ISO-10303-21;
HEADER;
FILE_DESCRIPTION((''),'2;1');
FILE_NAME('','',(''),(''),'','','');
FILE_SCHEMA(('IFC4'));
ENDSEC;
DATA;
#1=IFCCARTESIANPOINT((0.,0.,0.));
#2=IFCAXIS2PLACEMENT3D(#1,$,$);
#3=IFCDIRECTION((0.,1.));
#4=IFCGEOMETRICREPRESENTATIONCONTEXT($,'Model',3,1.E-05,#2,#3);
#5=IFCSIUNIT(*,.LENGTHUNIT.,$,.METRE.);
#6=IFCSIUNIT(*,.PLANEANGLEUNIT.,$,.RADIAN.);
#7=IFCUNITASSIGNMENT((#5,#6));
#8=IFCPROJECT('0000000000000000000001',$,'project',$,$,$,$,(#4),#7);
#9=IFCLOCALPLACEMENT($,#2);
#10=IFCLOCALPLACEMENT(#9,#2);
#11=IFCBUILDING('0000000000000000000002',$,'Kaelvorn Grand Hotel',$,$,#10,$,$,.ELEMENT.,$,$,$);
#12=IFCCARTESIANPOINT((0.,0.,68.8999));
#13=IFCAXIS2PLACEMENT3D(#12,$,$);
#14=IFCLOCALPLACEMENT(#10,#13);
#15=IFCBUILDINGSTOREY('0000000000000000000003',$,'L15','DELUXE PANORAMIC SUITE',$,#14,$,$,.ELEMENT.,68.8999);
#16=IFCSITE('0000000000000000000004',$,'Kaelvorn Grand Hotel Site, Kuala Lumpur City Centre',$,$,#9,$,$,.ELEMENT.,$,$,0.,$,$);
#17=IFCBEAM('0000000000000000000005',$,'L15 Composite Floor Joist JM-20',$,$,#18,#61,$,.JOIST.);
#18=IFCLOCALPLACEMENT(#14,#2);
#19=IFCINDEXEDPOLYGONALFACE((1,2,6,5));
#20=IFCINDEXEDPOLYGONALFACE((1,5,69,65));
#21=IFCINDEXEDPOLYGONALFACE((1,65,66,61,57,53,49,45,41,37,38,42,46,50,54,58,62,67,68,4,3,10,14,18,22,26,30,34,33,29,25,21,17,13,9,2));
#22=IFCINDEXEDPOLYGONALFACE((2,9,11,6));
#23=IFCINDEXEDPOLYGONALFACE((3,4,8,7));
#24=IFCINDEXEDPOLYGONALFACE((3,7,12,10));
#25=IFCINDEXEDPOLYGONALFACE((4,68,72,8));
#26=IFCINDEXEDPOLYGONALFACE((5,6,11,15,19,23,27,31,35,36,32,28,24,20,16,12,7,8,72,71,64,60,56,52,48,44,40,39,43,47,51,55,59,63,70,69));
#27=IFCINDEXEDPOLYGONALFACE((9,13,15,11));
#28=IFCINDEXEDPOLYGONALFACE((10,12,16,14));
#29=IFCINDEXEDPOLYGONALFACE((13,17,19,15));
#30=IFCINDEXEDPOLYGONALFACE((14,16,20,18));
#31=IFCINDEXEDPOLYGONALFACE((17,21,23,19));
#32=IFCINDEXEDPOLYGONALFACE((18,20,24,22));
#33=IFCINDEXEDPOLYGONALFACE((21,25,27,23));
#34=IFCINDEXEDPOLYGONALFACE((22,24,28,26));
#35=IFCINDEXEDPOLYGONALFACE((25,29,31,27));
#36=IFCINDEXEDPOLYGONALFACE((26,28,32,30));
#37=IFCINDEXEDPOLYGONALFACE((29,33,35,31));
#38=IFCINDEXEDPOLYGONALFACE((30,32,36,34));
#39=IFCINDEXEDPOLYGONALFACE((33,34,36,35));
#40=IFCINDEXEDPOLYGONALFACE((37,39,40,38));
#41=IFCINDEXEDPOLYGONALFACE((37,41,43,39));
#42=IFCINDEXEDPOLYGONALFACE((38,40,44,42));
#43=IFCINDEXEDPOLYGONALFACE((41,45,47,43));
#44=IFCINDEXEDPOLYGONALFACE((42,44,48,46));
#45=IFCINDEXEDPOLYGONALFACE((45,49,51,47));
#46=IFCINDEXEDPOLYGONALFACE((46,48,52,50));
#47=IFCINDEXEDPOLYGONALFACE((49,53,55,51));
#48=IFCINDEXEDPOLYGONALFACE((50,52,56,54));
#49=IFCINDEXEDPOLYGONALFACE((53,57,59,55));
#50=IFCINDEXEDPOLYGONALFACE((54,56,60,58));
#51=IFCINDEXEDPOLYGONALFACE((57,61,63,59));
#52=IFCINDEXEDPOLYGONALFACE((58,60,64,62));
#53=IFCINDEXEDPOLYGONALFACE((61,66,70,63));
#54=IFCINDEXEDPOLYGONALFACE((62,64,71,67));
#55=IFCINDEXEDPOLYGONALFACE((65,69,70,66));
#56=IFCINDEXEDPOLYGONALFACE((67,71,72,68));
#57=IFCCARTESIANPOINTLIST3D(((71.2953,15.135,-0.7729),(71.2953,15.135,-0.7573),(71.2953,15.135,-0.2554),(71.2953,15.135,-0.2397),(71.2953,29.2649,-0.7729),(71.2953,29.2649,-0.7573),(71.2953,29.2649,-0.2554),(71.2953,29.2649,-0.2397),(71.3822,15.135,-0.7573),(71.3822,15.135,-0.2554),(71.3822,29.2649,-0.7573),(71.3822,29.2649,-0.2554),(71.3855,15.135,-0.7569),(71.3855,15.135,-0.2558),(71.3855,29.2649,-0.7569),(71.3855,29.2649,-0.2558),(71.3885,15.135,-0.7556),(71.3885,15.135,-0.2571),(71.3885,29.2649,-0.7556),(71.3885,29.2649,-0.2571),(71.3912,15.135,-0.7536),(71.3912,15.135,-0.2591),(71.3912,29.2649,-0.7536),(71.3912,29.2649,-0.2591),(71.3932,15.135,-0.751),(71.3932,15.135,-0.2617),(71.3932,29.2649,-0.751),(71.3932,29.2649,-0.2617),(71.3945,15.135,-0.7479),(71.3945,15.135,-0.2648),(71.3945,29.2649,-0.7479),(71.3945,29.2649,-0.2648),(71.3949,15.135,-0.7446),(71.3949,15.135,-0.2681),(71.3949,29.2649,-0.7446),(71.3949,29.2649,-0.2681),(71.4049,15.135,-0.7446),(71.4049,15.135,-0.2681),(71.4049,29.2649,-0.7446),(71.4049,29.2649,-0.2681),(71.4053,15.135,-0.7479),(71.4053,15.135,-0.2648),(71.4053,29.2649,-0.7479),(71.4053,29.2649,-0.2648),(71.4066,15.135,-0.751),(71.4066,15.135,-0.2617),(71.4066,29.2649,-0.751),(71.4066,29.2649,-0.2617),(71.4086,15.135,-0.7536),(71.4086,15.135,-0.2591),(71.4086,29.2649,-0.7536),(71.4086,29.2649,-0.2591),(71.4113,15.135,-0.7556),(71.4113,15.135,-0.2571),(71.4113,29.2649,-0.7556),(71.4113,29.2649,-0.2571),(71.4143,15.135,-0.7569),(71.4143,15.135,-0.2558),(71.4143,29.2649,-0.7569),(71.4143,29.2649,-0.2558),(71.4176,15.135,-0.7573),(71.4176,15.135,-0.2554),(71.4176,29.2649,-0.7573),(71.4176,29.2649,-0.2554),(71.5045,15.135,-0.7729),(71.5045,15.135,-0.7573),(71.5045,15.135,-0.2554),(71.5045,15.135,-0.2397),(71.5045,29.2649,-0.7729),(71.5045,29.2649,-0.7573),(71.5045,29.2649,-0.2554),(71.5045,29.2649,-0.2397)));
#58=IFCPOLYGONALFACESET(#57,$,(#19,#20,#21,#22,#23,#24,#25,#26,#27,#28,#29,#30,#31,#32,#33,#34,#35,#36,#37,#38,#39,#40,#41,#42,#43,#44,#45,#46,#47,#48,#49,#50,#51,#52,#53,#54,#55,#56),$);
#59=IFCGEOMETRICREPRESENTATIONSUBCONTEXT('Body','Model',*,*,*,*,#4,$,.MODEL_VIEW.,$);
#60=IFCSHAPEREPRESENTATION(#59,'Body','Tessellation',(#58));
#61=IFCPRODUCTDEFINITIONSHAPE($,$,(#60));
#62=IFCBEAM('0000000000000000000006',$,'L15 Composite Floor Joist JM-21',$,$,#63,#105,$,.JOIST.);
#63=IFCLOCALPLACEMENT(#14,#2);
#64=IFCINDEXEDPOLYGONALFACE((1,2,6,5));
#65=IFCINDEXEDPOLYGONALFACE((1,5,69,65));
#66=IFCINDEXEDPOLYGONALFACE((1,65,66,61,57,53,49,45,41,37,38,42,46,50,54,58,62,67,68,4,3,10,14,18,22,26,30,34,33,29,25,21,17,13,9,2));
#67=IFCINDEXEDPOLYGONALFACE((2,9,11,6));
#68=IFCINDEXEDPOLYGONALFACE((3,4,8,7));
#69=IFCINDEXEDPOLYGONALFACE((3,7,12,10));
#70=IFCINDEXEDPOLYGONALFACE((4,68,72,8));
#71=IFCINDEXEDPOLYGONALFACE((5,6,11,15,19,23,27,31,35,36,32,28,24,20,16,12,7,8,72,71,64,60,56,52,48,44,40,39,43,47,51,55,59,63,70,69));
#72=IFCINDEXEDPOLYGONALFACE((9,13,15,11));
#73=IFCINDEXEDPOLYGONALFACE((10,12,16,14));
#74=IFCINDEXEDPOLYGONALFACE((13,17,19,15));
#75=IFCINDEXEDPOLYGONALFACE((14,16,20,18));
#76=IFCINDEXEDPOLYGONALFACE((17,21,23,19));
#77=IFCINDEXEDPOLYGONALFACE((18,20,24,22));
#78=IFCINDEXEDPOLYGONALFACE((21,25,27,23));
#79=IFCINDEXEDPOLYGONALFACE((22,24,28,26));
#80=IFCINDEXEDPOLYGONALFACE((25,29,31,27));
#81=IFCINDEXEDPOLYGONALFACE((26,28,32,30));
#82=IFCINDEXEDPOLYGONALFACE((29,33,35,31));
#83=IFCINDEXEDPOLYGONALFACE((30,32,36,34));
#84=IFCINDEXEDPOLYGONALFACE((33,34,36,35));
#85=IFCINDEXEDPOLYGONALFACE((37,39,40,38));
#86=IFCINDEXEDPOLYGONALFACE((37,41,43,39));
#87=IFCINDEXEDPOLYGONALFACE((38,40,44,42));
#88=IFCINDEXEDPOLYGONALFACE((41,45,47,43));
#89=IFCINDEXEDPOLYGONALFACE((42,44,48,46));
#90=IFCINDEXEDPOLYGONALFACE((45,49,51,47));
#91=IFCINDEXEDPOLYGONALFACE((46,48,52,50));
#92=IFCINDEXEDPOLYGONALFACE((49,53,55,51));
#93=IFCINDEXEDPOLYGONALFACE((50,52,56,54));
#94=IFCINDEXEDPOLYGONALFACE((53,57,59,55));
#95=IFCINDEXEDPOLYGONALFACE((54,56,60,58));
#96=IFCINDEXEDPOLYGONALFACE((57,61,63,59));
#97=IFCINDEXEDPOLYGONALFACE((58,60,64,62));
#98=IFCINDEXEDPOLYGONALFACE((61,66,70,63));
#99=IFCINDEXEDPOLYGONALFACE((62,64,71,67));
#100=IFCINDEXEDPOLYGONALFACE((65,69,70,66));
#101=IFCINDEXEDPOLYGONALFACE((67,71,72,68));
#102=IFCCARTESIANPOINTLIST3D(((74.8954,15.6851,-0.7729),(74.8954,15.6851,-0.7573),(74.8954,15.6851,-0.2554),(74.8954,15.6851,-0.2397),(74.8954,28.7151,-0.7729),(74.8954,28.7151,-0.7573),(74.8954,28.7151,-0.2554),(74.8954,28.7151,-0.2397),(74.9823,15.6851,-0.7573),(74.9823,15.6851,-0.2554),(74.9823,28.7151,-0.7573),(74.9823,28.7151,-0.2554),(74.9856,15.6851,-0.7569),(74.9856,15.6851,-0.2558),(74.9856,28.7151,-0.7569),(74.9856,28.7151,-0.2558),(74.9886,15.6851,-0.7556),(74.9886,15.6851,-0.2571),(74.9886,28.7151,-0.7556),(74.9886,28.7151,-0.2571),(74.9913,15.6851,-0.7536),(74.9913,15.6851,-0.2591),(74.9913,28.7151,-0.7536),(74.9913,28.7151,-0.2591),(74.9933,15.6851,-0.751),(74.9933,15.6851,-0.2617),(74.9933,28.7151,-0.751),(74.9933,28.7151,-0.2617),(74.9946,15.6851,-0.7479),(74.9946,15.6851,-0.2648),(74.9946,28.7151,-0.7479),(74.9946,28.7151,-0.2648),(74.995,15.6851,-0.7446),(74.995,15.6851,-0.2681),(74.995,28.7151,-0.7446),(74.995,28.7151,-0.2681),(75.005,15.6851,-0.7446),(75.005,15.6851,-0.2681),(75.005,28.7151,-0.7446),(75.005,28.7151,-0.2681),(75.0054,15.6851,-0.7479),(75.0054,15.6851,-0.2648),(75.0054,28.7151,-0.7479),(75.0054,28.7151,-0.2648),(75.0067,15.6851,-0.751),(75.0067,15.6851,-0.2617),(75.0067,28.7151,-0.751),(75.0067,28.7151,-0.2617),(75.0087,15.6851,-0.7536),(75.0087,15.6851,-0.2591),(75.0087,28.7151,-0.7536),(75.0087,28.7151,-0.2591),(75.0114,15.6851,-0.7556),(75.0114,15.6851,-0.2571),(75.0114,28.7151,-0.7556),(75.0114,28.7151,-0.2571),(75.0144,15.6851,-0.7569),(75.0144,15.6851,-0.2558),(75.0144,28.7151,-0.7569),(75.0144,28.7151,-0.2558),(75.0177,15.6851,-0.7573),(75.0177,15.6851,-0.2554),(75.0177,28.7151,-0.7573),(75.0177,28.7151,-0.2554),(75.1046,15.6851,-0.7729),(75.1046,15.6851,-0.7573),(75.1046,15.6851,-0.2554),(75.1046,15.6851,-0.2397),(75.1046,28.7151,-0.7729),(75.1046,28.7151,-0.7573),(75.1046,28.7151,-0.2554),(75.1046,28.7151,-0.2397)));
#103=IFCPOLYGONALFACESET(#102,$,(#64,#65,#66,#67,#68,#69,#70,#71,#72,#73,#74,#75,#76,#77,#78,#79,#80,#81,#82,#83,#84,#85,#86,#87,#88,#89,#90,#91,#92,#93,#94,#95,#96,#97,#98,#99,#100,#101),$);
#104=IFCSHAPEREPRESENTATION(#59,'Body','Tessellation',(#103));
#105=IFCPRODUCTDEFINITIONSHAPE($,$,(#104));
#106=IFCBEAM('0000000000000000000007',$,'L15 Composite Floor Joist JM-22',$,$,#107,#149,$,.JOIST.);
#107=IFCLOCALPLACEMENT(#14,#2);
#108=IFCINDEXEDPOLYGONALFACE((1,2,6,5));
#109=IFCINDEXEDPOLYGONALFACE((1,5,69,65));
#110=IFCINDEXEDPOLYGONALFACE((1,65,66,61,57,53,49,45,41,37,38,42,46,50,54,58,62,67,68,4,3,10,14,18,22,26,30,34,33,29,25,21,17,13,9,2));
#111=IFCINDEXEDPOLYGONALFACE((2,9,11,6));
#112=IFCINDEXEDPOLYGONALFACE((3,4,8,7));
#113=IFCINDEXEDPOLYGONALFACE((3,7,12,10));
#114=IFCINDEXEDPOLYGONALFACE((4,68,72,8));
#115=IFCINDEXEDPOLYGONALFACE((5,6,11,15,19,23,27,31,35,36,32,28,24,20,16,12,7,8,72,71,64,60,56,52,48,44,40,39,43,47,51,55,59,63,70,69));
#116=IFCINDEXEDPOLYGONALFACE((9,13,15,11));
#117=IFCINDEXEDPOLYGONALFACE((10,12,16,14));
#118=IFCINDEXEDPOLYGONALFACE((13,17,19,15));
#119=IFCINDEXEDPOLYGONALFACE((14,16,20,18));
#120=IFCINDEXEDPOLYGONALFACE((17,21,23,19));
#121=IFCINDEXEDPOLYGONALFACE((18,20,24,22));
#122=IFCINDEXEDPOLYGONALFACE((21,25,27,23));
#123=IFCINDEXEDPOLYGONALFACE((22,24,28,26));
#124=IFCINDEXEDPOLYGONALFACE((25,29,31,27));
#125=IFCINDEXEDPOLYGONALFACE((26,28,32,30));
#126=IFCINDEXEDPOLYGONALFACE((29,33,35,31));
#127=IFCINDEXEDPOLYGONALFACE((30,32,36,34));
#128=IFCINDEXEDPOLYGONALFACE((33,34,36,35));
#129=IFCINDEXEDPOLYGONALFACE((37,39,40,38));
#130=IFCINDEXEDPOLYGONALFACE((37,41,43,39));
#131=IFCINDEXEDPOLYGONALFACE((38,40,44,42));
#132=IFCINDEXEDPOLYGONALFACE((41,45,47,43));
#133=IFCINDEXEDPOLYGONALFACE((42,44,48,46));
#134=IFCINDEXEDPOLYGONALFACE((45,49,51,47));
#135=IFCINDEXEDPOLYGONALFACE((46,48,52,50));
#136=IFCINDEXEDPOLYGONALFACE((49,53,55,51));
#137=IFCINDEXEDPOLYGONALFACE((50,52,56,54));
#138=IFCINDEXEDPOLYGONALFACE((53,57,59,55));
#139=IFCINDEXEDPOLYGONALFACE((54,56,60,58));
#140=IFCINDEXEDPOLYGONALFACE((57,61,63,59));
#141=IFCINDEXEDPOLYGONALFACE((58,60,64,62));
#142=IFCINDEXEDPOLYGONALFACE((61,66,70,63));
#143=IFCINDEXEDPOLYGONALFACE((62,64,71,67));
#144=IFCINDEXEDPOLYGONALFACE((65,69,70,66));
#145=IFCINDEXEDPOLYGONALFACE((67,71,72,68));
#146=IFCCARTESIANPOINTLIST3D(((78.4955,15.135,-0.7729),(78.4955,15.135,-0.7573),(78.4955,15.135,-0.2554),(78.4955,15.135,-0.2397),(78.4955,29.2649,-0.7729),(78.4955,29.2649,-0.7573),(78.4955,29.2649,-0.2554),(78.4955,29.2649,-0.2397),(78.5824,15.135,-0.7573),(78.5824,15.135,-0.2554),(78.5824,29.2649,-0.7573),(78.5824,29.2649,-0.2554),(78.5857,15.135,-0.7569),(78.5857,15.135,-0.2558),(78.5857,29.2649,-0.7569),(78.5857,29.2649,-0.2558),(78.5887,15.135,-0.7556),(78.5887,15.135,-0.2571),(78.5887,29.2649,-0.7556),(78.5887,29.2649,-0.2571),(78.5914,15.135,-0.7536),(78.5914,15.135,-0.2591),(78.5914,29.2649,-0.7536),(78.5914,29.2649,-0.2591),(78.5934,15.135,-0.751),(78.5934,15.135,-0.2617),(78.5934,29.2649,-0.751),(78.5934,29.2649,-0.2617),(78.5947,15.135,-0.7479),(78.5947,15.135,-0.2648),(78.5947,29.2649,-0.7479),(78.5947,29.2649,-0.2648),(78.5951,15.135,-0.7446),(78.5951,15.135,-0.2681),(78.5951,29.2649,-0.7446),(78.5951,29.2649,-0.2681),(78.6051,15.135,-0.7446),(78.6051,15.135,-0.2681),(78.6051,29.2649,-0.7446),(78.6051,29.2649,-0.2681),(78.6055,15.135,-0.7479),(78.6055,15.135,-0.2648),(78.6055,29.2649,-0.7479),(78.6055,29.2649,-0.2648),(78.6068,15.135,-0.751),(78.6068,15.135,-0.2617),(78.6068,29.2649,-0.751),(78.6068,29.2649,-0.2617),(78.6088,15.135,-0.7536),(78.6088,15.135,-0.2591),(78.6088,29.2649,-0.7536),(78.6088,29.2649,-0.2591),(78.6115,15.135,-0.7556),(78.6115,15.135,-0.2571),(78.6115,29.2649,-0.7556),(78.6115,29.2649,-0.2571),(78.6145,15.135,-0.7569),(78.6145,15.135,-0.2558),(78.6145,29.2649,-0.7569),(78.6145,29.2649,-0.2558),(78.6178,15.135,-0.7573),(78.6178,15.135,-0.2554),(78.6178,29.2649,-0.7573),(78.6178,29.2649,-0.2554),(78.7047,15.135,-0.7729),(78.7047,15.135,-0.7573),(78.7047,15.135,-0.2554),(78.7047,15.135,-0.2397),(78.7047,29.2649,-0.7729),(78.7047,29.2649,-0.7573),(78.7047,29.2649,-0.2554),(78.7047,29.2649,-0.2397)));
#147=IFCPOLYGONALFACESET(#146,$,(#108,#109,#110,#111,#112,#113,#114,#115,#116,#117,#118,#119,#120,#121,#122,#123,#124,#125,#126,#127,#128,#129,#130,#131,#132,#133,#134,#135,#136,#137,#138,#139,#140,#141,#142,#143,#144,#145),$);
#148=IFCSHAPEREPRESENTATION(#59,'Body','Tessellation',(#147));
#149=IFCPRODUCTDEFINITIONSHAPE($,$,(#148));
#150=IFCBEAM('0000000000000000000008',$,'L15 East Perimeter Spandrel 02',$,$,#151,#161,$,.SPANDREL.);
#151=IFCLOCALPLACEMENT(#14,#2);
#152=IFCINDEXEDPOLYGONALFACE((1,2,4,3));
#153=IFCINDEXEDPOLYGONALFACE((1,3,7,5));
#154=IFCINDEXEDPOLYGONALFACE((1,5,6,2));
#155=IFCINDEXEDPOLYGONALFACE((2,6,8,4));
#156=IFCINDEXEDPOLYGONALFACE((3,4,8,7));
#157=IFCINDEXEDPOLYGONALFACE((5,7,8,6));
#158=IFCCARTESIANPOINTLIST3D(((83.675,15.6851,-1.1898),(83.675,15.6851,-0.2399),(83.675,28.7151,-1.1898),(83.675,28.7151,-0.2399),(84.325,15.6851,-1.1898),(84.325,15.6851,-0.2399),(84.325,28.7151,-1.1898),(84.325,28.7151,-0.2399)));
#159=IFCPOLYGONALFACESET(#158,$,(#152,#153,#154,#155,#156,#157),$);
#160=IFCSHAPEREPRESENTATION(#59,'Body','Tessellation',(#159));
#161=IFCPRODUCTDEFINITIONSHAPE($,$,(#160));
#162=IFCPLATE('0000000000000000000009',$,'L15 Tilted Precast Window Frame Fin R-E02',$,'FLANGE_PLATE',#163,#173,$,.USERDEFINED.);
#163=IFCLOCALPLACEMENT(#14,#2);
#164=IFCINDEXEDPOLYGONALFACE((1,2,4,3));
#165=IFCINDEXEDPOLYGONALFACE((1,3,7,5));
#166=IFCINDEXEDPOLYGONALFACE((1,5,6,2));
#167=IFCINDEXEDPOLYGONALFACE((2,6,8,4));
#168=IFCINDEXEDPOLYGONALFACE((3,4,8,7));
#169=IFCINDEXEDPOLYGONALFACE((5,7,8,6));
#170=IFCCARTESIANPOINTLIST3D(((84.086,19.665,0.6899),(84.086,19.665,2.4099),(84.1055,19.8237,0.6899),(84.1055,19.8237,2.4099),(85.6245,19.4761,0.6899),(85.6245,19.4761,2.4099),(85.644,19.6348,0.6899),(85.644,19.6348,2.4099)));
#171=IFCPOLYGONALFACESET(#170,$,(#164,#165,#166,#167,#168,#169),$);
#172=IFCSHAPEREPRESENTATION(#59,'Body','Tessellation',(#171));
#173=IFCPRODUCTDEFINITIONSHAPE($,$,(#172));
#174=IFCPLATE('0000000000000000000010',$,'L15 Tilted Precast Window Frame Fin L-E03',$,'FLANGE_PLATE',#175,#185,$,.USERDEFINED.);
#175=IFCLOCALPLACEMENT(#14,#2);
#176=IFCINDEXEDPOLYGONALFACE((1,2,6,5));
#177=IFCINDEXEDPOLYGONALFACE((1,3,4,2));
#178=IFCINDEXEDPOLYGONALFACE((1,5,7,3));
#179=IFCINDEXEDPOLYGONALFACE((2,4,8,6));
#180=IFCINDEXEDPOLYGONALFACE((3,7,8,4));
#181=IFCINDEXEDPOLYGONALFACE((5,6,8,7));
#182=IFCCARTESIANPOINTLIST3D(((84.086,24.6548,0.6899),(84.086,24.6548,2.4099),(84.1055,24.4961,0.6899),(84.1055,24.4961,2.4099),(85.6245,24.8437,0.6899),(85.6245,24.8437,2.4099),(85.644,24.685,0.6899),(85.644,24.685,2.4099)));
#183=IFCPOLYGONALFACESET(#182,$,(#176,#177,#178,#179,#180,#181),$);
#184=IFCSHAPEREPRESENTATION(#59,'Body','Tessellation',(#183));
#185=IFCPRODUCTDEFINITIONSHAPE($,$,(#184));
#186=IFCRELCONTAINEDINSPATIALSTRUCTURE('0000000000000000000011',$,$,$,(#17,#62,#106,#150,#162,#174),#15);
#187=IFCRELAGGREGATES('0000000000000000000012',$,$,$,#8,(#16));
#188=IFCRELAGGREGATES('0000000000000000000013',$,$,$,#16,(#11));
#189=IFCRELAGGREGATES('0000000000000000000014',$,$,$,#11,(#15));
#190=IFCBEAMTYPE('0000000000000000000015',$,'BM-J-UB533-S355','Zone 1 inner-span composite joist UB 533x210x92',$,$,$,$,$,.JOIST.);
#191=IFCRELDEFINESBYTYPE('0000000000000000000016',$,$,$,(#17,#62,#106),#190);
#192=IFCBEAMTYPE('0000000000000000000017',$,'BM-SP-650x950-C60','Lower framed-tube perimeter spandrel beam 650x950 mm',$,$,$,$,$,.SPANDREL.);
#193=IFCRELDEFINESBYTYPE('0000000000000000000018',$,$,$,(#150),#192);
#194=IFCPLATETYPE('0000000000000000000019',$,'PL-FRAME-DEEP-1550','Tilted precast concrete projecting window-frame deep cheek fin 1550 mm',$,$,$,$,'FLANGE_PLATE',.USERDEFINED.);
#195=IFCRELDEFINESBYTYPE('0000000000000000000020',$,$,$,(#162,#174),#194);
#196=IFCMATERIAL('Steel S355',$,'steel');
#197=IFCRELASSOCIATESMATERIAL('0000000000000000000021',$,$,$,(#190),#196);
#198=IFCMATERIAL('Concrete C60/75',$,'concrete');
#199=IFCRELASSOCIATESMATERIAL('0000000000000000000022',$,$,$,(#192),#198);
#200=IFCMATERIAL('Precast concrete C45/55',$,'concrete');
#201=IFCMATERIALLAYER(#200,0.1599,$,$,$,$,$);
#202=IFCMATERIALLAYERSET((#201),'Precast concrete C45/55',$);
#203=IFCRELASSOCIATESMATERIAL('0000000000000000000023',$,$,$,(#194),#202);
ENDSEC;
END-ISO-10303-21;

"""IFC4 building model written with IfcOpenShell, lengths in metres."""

from ifc_helpers import new_model, si_unit, direction, frame, origin, origin_2d, place, context, subcontext, project, spatial, rectangle, i_section, extrude, material, layer, layer_set, material_profile, profile_set, type_object, element, save


model = new_model("IFC4")

# Units and contexts
model_context = context("Model", 3, precision=1e-05, world=origin(), true_north=direction((0.0, 1.0)))
body_context = subcontext(model_context, "Body", "Model", "MODEL_VIEW")
ifc_project = project(units=[si_unit("LENGTHUNIT", "METRE"), si_unit("PLANEANGLEUNIT", "RADIAN")], contexts=[model_context])

# Site, building, storey
site_placement = place(None, origin())
site = spatial("IfcSite", under=ifc_project, at=site_placement, Name="Kaelvorn Grand Hotel Site, Kuala Lumpur City Centre", CompositionType="ELEMENT", RefElevation=0.0)
building_placement = place(site_placement, origin())
building = spatial("IfcBuilding", under=site, at=building_placement, Name="Kaelvorn Grand Hotel", CompositionType="ELEMENT")
storey_placement = place(building_placement, frame((0.0, 0.0, 68.8999)))
storey = spatial("IfcBuildingStorey", under=building, at=storey_placement, Name="L15", Description="DELUXE PANORAMIC SUITE", CompositionType="ELEMENT", Elevation=68.8999)

# Beams
ifc_material_1 = material(Name="Steel S355", Category="steel")
ifc_material_profile_1 = material_profile(ifc_material_1, i_section(OverallWidth=0.2092, OverallDepth=0.5332, WebThickness=0.01, FlangeThickness=0.0156, FilletRadius=0.0127, at=origin_2d()), Name="UB 533x210x92")
ifc_profile_set_1 = profile_set([ifc_material_profile_1], Name="Steel S355")
beam_type_1 = type_object("IfcBeamType", Name="BM-J-UB533-S355", Description="Zone 1 inner-span composite joist UB 533x210x92", PredefinedType="JOIST", material=ifc_profile_set_1)
beam_1_placement = place(storey_placement, frame((71.3999, 15.135, -0.5063), z_axis=(0.0, 1.0, 0.0), x_axis=(-1.0, 0.0, 0.0)))
element("IfcBeam", 1, at=beam_1_placement, inside=storey, type_object=beam_type_1, Name="L15 Composite Floor Joist JM-20", PredefinedType="JOIST", context=body_context, shape_type="SweptSolid", body=[
    extrude(i_section(OverallWidth=0.2092, OverallDepth=0.5332, WebThickness=0.01, FlangeThickness=0.0156, FilletRadius=0.0127, at=origin_2d()), origin(), (0.0, 0.0, 1.0), 14.1299),
])
beam_2_placement = place(storey_placement, frame((75.0, 15.6851, -0.5063), z_axis=(0.0, 1.0, 0.0), x_axis=(-1.0, 0.0, 0.0)))
element("IfcBeam", 2, at=beam_2_placement, inside=storey, type_object=beam_type_1, Name="L15 Composite Floor Joist JM-21", PredefinedType="JOIST", context=body_context, shape_type="SweptSolid", body=[
    extrude(i_section(OverallWidth=0.2092, OverallDepth=0.5332, WebThickness=0.01, FlangeThickness=0.0156, FilletRadius=0.0127, at=origin_2d()), origin(), (0.0, 0.0, 1.0), 13.03),
])
beam_3_placement = place(storey_placement, frame((78.6001, 15.135, -0.5063), z_axis=(0.0, 1.0, 0.0), x_axis=(-1.0, 0.0, 0.0)))
element("IfcBeam", 3, at=beam_3_placement, inside=storey, type_object=beam_type_1, Name="L15 Composite Floor Joist JM-22", PredefinedType="JOIST", context=body_context, shape_type="SweptSolid", body=[
    extrude(i_section(OverallWidth=0.2092, OverallDepth=0.5332, WebThickness=0.01, FlangeThickness=0.0156, FilletRadius=0.0127, at=origin_2d()), origin(), (0.0, 0.0, 1.0), 14.1299),
])
ifc_material_2 = material(Name="Concrete C60/75", Category="concrete")
ifc_material_profile_2 = material_profile(ifc_material_2, rectangle(XDim=0.6499, YDim=0.95, at=origin_2d()), Name="RC SPANDREL 650x950")
ifc_profile_set_2 = profile_set([ifc_material_profile_2], Name="Concrete C60/75")
beam_type_2 = type_object("IfcBeamType", Name="BM-SP-650x950-C60", Description="Lower framed-tube perimeter spandrel beam 650x950 mm", PredefinedType="SPANDREL", material=ifc_profile_set_2)
beam_4_placement = place(storey_placement, frame((84.0, 15.6851, -0.7148), z_axis=(0.0, 1.0, 0.0), x_axis=(-1.0, 0.0, 0.0)))
element("IfcBeam", 4, at=beam_4_placement, inside=storey, type_object=beam_type_2, Name="L15 East Perimeter Spandrel 02", PredefinedType="SPANDREL", context=body_context, shape_type="SweptSolid", body=[
    extrude(rectangle(XDim=0.6499, YDim=0.95, at=origin_2d()), origin(), (0.0, 0.0, 1.0), 13.03),
])

# Plates
ifc_material_3 = material(Name="Precast concrete C45/55", Category="concrete")
ifc_layer_1 = layer(ifc_material_3, 0.1599)
ifc_layer_set_1 = layer_set([ifc_layer_1], Name="Precast concrete C45/55")
plate_type_1 = type_object("IfcPlateType", Name="PL-FRAME-DEEP-1550", Description="Tilted precast concrete projecting window-frame deep cheek fin 1550 mm", ElementType="FLANGE_PLATE", PredefinedType="USERDEFINED", material=ifc_layer_set_1)
for number, where, z_axis, x_axis, name in (
    (5, (84.865, 19.6499, 0.6899), (0.0, 0.0, 1.0), (0.121869, 0.992546, 0.0), "L15 Tilted Precast Window Frame Fin R-E02"),
    (6, (84.865, 24.6699, 0.6899), (0.0, 0.0, 1.0), (-0.121869, 0.992546, 0.0), "L15 Tilted Precast Window Frame Fin L-E03"),
):
    element("IfcPlate", number, at=place(storey_placement, frame(where, z_axis=z_axis, x_axis=x_axis)), inside=storey, type_object=plate_type_1, Name=name, ObjectType="FLANGE_PLATE", PredefinedType="USERDEFINED", context=body_context, shape_type="SweptSolid", body=[
        extrude(rectangle(XDim=0.1599, YDim=1.55, at=origin_2d()), origin(), (0.0, 0.0, 1.0), 1.72),
    ])

save(model, "model.ifc")
